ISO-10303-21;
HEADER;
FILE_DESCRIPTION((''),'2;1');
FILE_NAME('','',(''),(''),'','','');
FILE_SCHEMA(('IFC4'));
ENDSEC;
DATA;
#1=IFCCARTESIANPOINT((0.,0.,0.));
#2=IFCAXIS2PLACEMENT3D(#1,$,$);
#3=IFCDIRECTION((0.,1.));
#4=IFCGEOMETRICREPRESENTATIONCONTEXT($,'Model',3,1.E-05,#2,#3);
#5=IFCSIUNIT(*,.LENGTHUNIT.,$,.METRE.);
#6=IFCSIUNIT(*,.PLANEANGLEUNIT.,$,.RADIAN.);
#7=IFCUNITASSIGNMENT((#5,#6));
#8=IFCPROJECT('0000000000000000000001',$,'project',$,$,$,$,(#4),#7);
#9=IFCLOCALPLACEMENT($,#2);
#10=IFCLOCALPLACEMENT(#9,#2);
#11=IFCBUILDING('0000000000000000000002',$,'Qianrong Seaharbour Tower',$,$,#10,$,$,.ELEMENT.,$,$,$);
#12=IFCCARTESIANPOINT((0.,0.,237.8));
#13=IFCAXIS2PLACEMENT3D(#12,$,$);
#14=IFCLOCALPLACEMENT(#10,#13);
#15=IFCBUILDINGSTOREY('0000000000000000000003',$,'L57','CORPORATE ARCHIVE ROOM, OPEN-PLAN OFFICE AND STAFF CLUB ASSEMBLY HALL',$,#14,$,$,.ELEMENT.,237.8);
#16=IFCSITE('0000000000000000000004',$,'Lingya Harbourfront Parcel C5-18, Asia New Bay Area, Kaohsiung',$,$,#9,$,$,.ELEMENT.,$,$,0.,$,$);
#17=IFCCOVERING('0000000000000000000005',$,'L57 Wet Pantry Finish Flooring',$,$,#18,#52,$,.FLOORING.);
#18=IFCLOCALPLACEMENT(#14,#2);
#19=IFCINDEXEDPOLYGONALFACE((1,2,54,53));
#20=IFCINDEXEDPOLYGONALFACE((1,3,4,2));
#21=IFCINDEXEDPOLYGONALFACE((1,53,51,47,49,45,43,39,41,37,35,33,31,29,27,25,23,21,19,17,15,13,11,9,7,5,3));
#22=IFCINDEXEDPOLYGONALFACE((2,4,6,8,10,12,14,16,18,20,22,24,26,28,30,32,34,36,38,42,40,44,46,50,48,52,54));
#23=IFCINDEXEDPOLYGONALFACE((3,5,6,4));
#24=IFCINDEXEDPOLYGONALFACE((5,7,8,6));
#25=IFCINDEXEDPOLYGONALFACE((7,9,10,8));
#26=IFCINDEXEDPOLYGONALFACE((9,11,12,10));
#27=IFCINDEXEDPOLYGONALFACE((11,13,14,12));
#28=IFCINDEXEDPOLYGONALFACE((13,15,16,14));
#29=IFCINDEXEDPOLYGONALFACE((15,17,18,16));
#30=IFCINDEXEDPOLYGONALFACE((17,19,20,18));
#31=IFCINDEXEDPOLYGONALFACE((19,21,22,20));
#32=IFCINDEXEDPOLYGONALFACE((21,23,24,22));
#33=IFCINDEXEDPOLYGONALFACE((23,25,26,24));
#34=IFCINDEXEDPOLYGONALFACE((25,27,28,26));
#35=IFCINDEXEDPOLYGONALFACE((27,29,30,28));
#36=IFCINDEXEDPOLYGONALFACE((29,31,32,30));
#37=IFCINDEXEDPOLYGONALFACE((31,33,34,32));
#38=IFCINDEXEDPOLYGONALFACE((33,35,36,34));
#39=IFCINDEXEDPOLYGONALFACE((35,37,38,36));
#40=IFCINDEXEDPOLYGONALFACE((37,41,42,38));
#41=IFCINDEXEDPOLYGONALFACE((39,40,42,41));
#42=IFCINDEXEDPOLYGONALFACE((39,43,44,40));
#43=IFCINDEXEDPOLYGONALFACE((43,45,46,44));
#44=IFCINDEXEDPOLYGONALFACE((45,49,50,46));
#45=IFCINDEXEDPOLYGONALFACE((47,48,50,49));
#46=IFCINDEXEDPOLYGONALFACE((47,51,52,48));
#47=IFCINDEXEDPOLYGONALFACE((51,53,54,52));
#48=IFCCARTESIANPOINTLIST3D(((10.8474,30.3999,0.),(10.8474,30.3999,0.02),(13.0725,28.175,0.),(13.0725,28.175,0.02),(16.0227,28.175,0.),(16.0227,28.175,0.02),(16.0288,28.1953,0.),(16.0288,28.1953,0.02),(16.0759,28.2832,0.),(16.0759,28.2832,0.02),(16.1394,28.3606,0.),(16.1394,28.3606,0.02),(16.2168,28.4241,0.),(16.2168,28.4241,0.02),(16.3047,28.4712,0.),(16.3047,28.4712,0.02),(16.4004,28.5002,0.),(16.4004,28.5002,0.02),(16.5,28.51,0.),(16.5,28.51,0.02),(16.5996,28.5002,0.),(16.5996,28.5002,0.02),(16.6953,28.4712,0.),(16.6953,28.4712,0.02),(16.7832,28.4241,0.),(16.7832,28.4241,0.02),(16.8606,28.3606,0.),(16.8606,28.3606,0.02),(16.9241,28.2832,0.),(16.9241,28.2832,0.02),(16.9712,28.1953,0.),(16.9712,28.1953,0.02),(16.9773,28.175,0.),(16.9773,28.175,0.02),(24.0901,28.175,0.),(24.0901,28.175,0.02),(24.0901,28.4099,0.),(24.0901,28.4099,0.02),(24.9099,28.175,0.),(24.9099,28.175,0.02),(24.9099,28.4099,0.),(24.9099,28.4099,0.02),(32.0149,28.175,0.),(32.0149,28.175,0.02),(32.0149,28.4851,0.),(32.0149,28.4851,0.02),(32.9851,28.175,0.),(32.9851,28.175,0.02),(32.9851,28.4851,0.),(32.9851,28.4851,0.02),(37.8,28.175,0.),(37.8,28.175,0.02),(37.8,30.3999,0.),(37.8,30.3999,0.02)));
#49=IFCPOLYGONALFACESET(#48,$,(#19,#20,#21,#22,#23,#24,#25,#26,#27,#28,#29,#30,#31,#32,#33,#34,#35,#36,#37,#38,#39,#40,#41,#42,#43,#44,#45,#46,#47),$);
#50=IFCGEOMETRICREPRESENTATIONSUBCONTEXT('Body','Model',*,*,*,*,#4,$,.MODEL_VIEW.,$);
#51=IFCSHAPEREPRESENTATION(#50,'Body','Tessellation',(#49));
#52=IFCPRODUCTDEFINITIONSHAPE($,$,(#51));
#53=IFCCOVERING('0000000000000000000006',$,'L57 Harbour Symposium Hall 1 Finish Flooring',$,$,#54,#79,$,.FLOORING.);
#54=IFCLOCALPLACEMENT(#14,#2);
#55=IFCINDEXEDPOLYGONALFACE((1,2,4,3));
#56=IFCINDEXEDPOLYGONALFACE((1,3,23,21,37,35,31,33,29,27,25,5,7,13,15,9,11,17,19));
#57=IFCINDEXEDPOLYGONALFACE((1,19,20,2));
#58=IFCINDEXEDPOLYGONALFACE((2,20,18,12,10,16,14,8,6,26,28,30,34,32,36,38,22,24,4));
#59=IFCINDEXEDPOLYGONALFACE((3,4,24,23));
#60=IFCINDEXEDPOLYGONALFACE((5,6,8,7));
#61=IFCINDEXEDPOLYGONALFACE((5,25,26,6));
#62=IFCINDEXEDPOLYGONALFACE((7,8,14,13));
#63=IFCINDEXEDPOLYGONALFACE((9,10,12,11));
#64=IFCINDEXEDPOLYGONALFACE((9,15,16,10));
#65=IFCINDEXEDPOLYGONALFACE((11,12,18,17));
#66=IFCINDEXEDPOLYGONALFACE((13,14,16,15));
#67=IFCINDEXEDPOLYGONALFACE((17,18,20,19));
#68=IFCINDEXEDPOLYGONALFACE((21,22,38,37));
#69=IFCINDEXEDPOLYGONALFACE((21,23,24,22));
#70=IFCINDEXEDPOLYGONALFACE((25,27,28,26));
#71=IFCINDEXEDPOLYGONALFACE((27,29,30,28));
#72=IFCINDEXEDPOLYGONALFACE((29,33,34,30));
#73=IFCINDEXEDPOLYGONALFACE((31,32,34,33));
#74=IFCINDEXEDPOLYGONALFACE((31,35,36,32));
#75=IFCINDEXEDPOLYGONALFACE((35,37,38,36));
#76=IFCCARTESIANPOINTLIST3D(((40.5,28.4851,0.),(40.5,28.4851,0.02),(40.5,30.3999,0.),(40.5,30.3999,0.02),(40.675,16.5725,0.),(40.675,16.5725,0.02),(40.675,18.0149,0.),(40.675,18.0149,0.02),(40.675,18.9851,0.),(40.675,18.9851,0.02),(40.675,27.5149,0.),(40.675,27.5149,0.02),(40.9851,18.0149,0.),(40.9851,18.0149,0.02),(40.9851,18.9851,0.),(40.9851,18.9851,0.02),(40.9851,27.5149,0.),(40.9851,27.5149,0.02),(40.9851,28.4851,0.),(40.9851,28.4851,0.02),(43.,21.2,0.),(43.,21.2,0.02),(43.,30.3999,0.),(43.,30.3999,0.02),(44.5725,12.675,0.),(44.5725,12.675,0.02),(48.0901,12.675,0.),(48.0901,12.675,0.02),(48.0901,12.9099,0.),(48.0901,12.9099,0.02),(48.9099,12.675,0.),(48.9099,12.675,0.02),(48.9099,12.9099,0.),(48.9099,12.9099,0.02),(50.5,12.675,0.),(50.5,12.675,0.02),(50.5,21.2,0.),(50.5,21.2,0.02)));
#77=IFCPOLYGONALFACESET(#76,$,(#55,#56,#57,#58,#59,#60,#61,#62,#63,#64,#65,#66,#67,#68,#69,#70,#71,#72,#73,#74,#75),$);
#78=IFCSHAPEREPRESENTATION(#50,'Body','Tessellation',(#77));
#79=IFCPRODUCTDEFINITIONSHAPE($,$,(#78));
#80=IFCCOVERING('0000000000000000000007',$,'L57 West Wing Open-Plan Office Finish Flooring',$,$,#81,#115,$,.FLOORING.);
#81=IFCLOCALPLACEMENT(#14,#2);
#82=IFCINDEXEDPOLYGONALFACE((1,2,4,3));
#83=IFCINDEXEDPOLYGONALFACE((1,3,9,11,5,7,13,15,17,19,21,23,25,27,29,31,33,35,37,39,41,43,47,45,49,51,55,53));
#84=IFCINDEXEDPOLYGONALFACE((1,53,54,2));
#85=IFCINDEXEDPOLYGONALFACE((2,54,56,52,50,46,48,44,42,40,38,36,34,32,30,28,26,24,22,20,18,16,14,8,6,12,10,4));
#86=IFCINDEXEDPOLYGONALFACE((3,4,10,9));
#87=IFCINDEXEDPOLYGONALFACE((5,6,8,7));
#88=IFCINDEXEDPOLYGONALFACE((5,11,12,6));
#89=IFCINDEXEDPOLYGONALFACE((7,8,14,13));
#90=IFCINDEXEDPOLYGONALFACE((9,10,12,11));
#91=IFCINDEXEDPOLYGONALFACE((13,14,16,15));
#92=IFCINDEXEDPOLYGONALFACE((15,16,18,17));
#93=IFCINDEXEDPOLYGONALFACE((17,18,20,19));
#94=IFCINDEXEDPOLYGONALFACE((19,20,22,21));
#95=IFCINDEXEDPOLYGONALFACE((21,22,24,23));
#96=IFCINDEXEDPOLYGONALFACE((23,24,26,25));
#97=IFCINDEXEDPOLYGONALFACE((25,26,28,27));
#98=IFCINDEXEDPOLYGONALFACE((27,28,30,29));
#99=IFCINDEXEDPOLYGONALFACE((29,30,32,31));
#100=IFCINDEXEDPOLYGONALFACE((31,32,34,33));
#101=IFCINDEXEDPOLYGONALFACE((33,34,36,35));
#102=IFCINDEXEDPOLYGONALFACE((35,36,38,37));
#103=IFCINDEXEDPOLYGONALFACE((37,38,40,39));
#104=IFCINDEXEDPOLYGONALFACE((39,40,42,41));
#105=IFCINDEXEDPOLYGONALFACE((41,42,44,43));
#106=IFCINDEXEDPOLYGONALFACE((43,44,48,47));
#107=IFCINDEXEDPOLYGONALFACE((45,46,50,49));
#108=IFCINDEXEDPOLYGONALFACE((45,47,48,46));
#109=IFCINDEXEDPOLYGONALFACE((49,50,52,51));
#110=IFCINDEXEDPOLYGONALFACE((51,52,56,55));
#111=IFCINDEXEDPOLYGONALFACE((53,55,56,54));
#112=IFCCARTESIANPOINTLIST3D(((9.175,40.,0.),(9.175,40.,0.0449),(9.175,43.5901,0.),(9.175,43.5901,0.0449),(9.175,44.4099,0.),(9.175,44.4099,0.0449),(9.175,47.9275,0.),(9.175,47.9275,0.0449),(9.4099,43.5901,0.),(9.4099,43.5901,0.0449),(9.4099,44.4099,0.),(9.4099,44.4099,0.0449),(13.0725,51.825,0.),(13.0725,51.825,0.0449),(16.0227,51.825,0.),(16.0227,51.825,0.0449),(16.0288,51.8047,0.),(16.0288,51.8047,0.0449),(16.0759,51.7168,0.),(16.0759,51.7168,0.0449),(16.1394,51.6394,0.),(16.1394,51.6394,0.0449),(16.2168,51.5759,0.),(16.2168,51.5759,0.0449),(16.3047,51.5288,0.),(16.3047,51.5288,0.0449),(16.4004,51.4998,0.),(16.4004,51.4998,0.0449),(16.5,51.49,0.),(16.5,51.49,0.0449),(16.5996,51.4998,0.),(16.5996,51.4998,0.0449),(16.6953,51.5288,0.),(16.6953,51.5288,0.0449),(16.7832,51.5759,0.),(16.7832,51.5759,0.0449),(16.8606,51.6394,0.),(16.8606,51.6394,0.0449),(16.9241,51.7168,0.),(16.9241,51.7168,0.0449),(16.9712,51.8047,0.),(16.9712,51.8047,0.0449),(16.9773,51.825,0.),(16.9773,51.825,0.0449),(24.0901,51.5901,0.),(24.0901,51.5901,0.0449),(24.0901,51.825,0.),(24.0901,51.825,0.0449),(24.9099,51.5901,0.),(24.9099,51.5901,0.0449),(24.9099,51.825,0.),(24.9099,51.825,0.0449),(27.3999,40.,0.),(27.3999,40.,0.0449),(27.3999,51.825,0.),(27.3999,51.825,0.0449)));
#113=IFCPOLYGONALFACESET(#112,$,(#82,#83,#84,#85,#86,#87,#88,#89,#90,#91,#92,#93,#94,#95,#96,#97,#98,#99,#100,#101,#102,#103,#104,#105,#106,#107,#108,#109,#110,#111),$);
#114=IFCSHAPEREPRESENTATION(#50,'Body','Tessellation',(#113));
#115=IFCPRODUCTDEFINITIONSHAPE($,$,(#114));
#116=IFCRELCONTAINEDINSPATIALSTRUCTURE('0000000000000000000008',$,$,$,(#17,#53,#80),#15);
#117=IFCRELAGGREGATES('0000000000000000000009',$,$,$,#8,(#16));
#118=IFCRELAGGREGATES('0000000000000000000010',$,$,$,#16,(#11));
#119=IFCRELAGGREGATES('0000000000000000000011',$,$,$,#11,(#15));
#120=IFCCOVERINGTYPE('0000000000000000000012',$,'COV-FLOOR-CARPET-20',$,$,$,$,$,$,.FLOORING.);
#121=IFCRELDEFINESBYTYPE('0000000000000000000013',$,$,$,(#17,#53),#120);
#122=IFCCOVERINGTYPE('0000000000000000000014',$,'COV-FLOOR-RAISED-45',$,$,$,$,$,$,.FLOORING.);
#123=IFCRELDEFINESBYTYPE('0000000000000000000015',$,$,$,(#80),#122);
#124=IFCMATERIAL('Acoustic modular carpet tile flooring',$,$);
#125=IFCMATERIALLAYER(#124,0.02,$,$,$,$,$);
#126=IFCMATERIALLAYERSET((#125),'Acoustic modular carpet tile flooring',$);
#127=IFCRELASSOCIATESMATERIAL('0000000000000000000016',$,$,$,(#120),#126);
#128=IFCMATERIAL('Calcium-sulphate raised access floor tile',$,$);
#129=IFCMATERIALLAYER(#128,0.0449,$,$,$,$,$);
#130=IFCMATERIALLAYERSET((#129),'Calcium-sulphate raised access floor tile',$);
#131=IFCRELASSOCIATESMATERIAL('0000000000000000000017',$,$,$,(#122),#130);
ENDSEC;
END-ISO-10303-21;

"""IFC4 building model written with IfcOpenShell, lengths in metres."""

from ifc_helpers import new_model, si_unit, direction, frame, origin, place, context, subcontext, project, spatial, polyline, outline, extrude, material, layer, layer_set, type_object, element, save


model = new_model("IFC4")

# Units and contexts
model_context = context("Model", 3, precision=1e-05, world=origin(), true_north=direction((0.0, 1.0)))
body_context = subcontext(model_context, "Body", "Model", "MODEL_VIEW")
ifc_project = project(units=[si_unit("LENGTHUNIT", "METRE"), si_unit("PLANEANGLEUNIT", "RADIAN")], contexts=[model_context])

# Site, building, storey
site_placement = place(None, origin())
site = spatial("IfcSite", under=ifc_project, at=site_placement, Name="Lingya Harbourfront Parcel C5-18, Asia New Bay Area, Kaohsiung", CompositionType="ELEMENT", RefElevation=0.0)
building_placement = place(site_placement, origin())
building = spatial("IfcBuilding", under=site, at=building_placement, Name="Qianrong Seaharbour Tower", CompositionType="ELEMENT")
storey_placement = place(building_placement, frame((0.0, 0.0, 237.8)))
storey = spatial("IfcBuildingStorey", under=building, at=storey_placement, Name="L57", Description="CORPORATE ARCHIVE ROOM, OPEN-PLAN OFFICE AND STAFF CLUB ASSEMBLY HALL", CompositionType="ELEMENT", Elevation=237.8)

# Coverings
ifc_material_1 = material(Name="Acoustic modular carpet tile flooring")
ifc_layer_1 = layer(ifc_material_1, 0.02)
ifc_layer_set_1 = layer_set([ifc_layer_1], Name="Acoustic modular carpet tile flooring")
covering_type_1 = type_object("IfcCoveringType", Name="COV-FLOOR-CARPET-20", PredefinedType="FLOORING", material=ifc_layer_set_1)
covering_1_placement = place(storey_placement, origin())
element("IfcCovering", 1, at=covering_1_placement, inside=storey, type_object=covering_type_1, Name="L57 Wet Pantry Finish Flooring", PredefinedType="FLOORING", context=body_context, shape_type="SweptSolid", body=[
    extrude(outline(polyline([(32.9851, 28.175), (32.9851, 28.4851), (32.0149, 28.4851), (32.0149, 28.175), (24.9099, 28.175), (24.9099, 28.4099), (24.0901, 28.4099), (24.0901, 28.175), (16.9773, 28.175), (16.9712, 28.1953), (16.9241, 28.2832), (16.8606, 28.3606), (16.7832, 28.4241), (16.6953, 28.4712), (16.5996, 28.5002), (16.5, 28.51), (16.4004, 28.5002), (16.3047, 28.4712), (16.2168, 28.4241), (16.1394, 28.3606), (16.0759, 28.2832), (16.0288, 28.1953), (16.0227, 28.175), (13.0725, 28.175), (10.8474, 30.3999), (37.8, 30.3999), (37.8, 28.175), (32.9851, 28.175)])), origin(), (0.0, 0.0, 1.0), 0.02),
])
covering_2_placement = place(storey_placement, origin())
element("IfcCovering", 2, at=covering_2_placement, inside=storey, type_object=covering_type_1, Name="L57 Harbour Symposium Hall 1 Finish Flooring", PredefinedType="FLOORING", context=body_context, shape_type="SweptSolid", body=[
    extrude(outline(polyline([(43.0, 21.2), (50.5, 21.2), (50.5, 12.675), (48.9099, 12.675), (48.9099, 12.9099), (48.0901, 12.9099), (48.0901, 12.675), (44.5725, 12.675), (40.675, 16.5725), (40.675, 18.0149), (40.9851, 18.0149), (40.9851, 18.9851), (40.675, 18.9851), (40.675, 27.5149), (40.9851, 27.5149), (40.9851, 28.4851), (40.5, 28.4851), (40.5, 30.3999), (43.0, 30.3999), (43.0, 21.2)])), origin(), (0.0, 0.0, 1.0), 0.02),
])
ifc_material_2 = material(Name="Calcium-sulphate raised access floor tile")
ifc_layer_2 = layer(ifc_material_2, 0.0449)
ifc_layer_set_2 = layer_set([ifc_layer_2], Name="Calcium-sulphate raised access floor tile")
covering_type_2 = type_object("IfcCoveringType", Name="COV-FLOOR-RAISED-45", PredefinedType="FLOORING", material=ifc_layer_set_2)
covering_3_placement = place(storey_placement, origin())
element("IfcCovering", 3, at=covering_3_placement, inside=storey, type_object=covering_type_2, Name="L57 West Wing Open-Plan Office Finish Flooring", PredefinedType="FLOORING", context=body_context, shape_type="SweptSolid", body=[
    extrude(outline(polyline([(9.175, 43.5901), (9.4099, 43.5901), (9.4099, 44.4099), (9.175, 44.4099), (9.175, 47.9275), (13.0725, 51.825), (16.0227, 51.825), (16.0288, 51.8047), (16.0759, 51.7168), (16.1394, 51.6394), (16.2168, 51.5759), (16.3047, 51.5288), (16.4004, 51.4998), (16.5, 51.49), (16.5996, 51.4998), (16.6953, 51.5288), (16.7832, 51.5759), (16.8606, 51.6394), (16.9241, 51.7168), (16.9712, 51.8047), (16.9773, 51.825), (24.0901, 51.825), (24.0901, 51.5901), (24.9099, 51.5901), (24.9099, 51.825), (27.3999, 51.825), (27.3999, 40.0), (9.175, 40.0), (9.175, 43.5901)])), origin(), (0.0, 0.0, 1.0), 0.0449),
])

save(model, "model.ifc")
